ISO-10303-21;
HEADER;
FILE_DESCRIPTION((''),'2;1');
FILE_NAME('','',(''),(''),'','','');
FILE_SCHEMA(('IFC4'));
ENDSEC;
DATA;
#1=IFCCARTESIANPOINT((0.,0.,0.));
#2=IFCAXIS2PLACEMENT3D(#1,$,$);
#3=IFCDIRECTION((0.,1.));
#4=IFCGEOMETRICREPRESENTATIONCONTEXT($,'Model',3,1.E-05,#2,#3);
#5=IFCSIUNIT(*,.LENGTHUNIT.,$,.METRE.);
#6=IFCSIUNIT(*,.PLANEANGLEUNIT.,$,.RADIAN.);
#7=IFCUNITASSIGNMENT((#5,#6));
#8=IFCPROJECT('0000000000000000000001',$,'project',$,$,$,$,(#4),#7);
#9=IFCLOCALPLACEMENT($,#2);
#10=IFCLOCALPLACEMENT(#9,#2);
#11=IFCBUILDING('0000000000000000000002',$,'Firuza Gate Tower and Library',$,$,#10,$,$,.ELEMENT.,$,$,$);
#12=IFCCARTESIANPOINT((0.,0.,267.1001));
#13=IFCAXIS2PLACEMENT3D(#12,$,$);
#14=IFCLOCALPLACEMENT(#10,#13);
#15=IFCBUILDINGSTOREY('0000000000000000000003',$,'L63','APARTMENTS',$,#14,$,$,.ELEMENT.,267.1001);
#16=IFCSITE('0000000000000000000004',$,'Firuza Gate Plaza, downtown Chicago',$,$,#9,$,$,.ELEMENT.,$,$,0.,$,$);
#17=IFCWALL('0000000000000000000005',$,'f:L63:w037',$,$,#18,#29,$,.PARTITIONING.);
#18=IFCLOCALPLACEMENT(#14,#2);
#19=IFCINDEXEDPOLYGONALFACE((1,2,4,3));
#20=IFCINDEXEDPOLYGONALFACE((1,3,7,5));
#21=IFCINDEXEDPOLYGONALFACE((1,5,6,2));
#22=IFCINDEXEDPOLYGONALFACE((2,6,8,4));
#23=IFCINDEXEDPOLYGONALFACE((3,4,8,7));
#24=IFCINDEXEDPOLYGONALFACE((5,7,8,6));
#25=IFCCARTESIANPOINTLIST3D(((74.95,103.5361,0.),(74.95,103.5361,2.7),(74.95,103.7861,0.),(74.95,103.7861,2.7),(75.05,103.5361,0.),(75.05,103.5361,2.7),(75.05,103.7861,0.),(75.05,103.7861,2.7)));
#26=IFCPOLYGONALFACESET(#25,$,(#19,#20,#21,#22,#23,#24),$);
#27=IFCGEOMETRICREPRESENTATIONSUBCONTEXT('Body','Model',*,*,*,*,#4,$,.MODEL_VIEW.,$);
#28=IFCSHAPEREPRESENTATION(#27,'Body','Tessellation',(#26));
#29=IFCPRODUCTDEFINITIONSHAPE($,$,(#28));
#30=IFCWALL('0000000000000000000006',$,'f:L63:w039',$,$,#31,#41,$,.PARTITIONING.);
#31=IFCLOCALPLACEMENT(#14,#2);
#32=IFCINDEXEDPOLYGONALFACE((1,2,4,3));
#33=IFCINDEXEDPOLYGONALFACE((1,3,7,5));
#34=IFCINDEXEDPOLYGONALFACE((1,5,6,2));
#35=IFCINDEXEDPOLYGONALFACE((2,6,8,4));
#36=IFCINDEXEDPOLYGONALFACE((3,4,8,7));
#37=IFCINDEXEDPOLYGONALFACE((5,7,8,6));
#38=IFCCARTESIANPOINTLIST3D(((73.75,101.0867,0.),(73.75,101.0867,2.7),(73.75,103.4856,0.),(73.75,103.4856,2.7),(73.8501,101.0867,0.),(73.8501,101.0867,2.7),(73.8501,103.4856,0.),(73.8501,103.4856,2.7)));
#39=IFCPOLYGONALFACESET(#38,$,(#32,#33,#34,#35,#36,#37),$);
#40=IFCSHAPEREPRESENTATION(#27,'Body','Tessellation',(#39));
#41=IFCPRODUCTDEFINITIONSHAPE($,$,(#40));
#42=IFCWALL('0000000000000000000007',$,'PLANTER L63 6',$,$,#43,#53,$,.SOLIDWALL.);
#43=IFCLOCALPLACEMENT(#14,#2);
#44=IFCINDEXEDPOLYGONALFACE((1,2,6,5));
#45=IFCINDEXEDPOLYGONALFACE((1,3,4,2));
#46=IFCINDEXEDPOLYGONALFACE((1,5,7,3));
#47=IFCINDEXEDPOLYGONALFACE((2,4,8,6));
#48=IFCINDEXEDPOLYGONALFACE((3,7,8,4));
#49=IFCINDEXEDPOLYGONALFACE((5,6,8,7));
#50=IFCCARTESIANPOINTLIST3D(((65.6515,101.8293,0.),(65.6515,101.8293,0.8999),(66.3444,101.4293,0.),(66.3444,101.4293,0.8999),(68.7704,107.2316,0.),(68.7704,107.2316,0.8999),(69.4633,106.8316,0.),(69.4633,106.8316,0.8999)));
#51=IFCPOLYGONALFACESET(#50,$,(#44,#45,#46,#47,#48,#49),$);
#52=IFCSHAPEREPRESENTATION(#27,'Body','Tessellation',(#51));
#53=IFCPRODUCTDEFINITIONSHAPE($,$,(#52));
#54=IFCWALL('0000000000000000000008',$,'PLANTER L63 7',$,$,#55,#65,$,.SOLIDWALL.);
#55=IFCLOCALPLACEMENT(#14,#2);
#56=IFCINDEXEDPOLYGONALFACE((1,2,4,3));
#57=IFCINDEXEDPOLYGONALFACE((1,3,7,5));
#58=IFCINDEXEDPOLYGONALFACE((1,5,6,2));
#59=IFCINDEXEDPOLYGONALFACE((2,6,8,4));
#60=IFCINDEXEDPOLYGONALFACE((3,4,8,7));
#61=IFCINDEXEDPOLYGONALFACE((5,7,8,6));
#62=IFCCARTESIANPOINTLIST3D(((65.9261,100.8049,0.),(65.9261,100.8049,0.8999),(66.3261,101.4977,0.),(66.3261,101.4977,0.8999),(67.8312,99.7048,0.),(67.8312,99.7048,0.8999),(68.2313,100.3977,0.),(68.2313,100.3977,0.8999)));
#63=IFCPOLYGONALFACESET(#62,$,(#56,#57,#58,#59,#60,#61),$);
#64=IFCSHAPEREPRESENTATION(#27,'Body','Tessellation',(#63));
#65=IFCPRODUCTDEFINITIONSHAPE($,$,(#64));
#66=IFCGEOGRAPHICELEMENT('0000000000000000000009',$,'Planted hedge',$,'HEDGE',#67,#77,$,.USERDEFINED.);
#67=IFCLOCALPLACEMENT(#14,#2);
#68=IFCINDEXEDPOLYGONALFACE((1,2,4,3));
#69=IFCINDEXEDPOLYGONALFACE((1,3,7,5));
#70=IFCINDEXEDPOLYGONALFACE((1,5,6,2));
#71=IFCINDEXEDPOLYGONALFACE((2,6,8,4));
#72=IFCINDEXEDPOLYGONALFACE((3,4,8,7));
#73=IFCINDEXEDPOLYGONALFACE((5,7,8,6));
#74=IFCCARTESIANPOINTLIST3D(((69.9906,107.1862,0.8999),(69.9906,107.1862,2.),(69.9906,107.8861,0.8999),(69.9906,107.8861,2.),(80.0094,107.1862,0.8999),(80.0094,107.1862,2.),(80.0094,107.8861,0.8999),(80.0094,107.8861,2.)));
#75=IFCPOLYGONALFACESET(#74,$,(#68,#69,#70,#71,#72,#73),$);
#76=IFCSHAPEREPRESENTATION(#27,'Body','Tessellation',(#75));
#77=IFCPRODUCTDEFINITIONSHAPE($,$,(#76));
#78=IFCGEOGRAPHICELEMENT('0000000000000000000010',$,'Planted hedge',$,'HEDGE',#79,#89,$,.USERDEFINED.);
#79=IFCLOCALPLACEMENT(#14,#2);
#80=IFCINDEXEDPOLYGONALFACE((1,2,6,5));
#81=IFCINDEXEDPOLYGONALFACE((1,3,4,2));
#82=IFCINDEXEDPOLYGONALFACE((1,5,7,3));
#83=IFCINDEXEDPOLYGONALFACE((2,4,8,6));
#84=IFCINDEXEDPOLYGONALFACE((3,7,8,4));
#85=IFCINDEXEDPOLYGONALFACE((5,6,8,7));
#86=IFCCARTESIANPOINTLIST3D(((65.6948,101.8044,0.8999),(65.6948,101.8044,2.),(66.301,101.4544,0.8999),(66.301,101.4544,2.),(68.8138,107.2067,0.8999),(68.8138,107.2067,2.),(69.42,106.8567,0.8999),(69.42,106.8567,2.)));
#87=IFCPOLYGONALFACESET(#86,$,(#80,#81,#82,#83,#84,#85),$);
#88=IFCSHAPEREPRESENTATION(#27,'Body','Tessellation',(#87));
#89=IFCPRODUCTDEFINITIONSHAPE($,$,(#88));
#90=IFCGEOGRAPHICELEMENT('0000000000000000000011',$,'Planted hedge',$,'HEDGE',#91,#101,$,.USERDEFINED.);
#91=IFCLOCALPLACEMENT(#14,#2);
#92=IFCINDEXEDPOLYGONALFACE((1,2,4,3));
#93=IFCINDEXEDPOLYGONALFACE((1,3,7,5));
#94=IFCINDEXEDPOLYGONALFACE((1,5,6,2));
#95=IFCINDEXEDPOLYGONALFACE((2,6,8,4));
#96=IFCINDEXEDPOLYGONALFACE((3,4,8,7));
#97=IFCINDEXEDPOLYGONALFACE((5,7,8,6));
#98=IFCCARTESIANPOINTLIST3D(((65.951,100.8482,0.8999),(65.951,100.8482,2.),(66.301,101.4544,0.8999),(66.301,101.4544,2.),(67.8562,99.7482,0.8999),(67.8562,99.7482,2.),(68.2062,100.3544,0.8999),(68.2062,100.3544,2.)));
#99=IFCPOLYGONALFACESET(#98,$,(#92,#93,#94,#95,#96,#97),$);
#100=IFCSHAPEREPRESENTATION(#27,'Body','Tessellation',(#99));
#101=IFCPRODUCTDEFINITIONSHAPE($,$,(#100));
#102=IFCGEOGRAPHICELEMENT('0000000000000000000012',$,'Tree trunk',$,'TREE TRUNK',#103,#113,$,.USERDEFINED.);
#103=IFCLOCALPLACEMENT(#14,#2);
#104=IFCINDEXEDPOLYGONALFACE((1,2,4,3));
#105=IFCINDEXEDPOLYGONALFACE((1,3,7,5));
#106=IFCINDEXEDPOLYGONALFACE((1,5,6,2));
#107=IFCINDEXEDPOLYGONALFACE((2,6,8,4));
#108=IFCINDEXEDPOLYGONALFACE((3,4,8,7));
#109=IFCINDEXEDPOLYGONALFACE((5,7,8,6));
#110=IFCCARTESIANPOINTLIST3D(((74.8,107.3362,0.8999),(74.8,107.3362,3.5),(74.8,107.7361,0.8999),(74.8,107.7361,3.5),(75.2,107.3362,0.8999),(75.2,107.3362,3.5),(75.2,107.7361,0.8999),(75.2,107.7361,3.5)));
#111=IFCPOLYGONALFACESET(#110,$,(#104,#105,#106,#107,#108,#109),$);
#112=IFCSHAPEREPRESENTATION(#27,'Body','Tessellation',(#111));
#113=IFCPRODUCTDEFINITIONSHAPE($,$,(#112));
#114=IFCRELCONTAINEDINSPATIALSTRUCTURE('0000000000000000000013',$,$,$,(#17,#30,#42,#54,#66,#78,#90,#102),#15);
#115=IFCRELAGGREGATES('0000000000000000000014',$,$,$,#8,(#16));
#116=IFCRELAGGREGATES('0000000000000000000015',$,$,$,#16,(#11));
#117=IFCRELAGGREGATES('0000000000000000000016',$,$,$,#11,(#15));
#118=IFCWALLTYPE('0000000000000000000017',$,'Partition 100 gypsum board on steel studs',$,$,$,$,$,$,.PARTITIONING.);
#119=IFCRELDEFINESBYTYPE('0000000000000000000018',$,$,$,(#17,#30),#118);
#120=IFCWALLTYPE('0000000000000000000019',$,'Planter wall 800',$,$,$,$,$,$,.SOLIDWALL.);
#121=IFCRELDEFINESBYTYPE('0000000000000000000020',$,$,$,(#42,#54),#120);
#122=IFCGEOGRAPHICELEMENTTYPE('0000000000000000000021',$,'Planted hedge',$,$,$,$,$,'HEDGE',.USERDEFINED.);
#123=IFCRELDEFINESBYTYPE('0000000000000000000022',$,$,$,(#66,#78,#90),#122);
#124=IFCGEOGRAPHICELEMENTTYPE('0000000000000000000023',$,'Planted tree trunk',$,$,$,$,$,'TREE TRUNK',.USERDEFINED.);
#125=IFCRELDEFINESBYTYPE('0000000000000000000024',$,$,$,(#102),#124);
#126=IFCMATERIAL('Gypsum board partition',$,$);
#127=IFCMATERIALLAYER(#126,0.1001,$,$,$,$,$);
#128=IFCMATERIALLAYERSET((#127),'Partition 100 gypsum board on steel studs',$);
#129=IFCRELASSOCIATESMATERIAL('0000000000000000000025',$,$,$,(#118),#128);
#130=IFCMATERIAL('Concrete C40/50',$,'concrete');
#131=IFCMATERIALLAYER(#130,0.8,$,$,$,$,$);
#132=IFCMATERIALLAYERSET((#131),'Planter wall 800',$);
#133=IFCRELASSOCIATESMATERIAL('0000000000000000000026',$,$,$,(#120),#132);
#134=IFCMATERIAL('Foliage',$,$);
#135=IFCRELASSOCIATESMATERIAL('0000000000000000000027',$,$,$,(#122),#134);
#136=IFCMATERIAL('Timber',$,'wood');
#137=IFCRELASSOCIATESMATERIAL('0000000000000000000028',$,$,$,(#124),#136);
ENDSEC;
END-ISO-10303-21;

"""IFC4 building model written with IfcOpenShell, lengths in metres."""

from ifc_helpers import new_model, si_unit, direction, frame, frame_2d, origin, origin_2d, place, context, subcontext, project, spatial, rectangle, extrude, material, layer, layer_set, type_object, element, save


model = new_model("IFC4")

# Units and contexts
model_context = context("Model", 3, precision=1e-05, world=origin(), true_north=direction((0.0, 1.0)))
body_context = subcontext(model_context, "Body", "Model", "MODEL_VIEW")
ifc_project = project(units=[si_unit("LENGTHUNIT", "METRE"), si_unit("PLANEANGLEUNIT", "RADIAN")], contexts=[model_context])

# Site, building, storey
site_placement = place(None, origin())
site = spatial("IfcSite", under=ifc_project, at=site_placement, Name="Firuza Gate Plaza, downtown Chicago", CompositionType="ELEMENT", RefElevation=0.0)
building_placement = place(site_placement, origin())
building = spatial("IfcBuilding", under=site, at=building_placement, Name="Firuza Gate Tower and Library", CompositionType="ELEMENT")
storey_placement = place(building_placement, frame((0.0, 0.0, 267.1001)))
storey = spatial("IfcBuildingStorey", under=building, at=storey_placement, Name="L63", Description="APARTMENTS", CompositionType="ELEMENT", Elevation=267.1001)

# Walls
ifc_material_1 = material(Name="Gypsum board partition")
ifc_layer_1 = layer(ifc_material_1, 0.1001)
ifc_layer_set_1 = layer_set([ifc_layer_1], Name="Partition 100 gypsum board on steel studs")
wall_type_1 = type_object("IfcWallType", Name="Partition 100 gypsum board on steel studs", PredefinedType="PARTITIONING", material=ifc_layer_set_1)
wall_1_placement = place(storey_placement, frame((75.0, 103.5361, 0.0), z_axis=(0.0, 0.0, 1.0), x_axis=(0.0, 1.0, 0.0)))
element("IfcWall", 1, at=wall_1_placement, inside=storey, type_object=wall_type_1, Name="f:L63:w037", PredefinedType="PARTITIONING", context=body_context, shape_type="SweptSolid", body=[
    extrude(rectangle(XDim=0.25, YDim=0.1001, at=frame_2d((0.125, 0.0))), origin(), (0.0, 0.0, 1.0), 2.7),
])
wall_2_placement = place(storey_placement, frame((73.8, 101.0867, 0.0), z_axis=(0.0, 0.0, 1.0), x_axis=(0.0, 1.0, 0.0)))
element("IfcWall", 2, at=wall_2_placement, inside=storey, type_object=wall_type_1, Name="f:L63:w039", PredefinedType="PARTITIONING", context=body_context, shape_type="SweptSolid", body=[
    extrude(rectangle(XDim=2.3989, YDim=0.1001, at=frame_2d((1.1995, 0.0))), origin(), (0.0, 0.0, 1.0), 2.7),
])
ifc_material_2 = material(Name="Concrete C40/50", Category="concrete")
ifc_layer_2 = layer(ifc_material_2, 0.8)
ifc_layer_set_2 = layer_set([ifc_layer_2], Name="Planter wall 800")
wall_type_2 = type_object("IfcWallType", Name="Planter wall 800", PredefinedType="SOLIDWALL", material=ifc_layer_set_2)
wall_3_placement = place(storey_placement, frame((69.1169, 107.0317, 0.0), z_axis=(0.0, 0.0, 1.0), x_axis=(-0.499982, -0.866036, 0.0)))
element("IfcWall", 3, at=wall_3_placement, inside=storey, type_object=wall_type_2, Name="PLANTER L63 6", PredefinedType="SOLIDWALL", context=body_context, shape_type="SweptSolid", body=[
    extrude(rectangle(XDim=6.238, YDim=0.8, at=frame_2d((3.1191, 0.0))), origin(), (0.0, 0.0, 1.0), 0.8999),
])
wall_4_placement = place(storey_placement, frame((66.126, 101.1514, 0.0), z_axis=(0.0, 0.0, 1.0), x_axis=(0.866008, -0.50003, 0.0)))
element("IfcWall", 4, at=wall_4_placement, inside=storey, type_object=wall_type_2, Name="PLANTER L63 7", PredefinedType="SOLIDWALL", context=body_context, shape_type="SweptSolid", body=[
    extrude(rectangle(XDim=2.2, YDim=0.8, at=frame_2d((1.1001, 0.0))), origin(), (0.0, 0.0, 1.0), 0.8999),
])

# Geographic elements
ifc_material_3 = material(Name="Foliage")
geographic_element_type_1 = type_object("IfcGeographicElementType", Name="Planted hedge", ElementType="HEDGE", PredefinedType="USERDEFINED", material=ifc_material_3)
geographic_element_1_placement = place(storey_placement, frame((75.0, 107.5361, 0.8999), z_axis=(0.0, 0.0, 1.0), x_axis=(-1.0, 0.0, 0.0)))
element("IfcGeographicElement", 5, at=geographic_element_1_placement, inside=storey, type_object=geographic_element_type_1, Name="Planted hedge", ObjectType="HEDGE", PredefinedType="USERDEFINED", context=body_context, shape_type="SweptSolid", body=[
    extrude(rectangle(XDim=10.0188, YDim=0.7, at=origin_2d()), origin(), (0.0, 0.0, 1.0), 1.1001),
])
geographic_element_2_placement = place(storey_placement, frame((67.5574, 104.3306, 0.8999), z_axis=(0.0, 0.0, 1.0), x_axis=(-0.5, -0.866025, 0.0)))
element("IfcGeographicElement", 6, at=geographic_element_2_placement, inside=storey, type_object=geographic_element_type_1, Name="Planted hedge", ObjectType="HEDGE", PredefinedType="USERDEFINED", context=body_context, shape_type="SweptSolid", body=[
    extrude(rectangle(XDim=6.238, YDim=0.7, at=origin_2d()), origin(), (0.0, 0.0, 1.0), 1.1001),
])
geographic_element_3_placement = place(storey_placement, frame((67.0786, 100.6013, 0.8999), z_axis=(0.0, 0.0, 1.0), x_axis=(0.866025, -0.5, 0.0)))
element("IfcGeographicElement", 7, at=geographic_element_3_placement, inside=storey, type_object=geographic_element_type_1, Name="Planted hedge", ObjectType="HEDGE", PredefinedType="USERDEFINED", context=body_context, shape_type="SweptSolid", body=[
    extrude(rectangle(XDim=2.2, YDim=0.7, at=origin_2d()), origin(), (0.0, 0.0, 1.0), 1.1001),
])
ifc_material_4 = material(Name="Timber", Category="wood")
geographic_element_type_2 = type_object("IfcGeographicElementType", Name="Planted tree trunk", ElementType="TREE TRUNK", PredefinedType="USERDEFINED", material=ifc_material_4)
geographic_element_4_placement = place(storey_placement, frame((75.0, 107.5361, 0.8999), z_axis=(0.0, 0.0, 1.0), x_axis=(1.0, 0.0, 0.0)))
element("IfcGeographicElement", 8, at=geographic_element_4_placement, inside=storey, type_object=geographic_element_type_2, Name="Tree trunk", ObjectType="TREE TRUNK", PredefinedType="USERDEFINED", context=body_context, shape_type="SweptSolid", body=[
    extrude(rectangle(XDim=0.3999, YDim=0.3999, at=origin_2d()), origin(), (0.0, 0.0, 1.0), 2.6001),
])

save(model, "model.ifc")
